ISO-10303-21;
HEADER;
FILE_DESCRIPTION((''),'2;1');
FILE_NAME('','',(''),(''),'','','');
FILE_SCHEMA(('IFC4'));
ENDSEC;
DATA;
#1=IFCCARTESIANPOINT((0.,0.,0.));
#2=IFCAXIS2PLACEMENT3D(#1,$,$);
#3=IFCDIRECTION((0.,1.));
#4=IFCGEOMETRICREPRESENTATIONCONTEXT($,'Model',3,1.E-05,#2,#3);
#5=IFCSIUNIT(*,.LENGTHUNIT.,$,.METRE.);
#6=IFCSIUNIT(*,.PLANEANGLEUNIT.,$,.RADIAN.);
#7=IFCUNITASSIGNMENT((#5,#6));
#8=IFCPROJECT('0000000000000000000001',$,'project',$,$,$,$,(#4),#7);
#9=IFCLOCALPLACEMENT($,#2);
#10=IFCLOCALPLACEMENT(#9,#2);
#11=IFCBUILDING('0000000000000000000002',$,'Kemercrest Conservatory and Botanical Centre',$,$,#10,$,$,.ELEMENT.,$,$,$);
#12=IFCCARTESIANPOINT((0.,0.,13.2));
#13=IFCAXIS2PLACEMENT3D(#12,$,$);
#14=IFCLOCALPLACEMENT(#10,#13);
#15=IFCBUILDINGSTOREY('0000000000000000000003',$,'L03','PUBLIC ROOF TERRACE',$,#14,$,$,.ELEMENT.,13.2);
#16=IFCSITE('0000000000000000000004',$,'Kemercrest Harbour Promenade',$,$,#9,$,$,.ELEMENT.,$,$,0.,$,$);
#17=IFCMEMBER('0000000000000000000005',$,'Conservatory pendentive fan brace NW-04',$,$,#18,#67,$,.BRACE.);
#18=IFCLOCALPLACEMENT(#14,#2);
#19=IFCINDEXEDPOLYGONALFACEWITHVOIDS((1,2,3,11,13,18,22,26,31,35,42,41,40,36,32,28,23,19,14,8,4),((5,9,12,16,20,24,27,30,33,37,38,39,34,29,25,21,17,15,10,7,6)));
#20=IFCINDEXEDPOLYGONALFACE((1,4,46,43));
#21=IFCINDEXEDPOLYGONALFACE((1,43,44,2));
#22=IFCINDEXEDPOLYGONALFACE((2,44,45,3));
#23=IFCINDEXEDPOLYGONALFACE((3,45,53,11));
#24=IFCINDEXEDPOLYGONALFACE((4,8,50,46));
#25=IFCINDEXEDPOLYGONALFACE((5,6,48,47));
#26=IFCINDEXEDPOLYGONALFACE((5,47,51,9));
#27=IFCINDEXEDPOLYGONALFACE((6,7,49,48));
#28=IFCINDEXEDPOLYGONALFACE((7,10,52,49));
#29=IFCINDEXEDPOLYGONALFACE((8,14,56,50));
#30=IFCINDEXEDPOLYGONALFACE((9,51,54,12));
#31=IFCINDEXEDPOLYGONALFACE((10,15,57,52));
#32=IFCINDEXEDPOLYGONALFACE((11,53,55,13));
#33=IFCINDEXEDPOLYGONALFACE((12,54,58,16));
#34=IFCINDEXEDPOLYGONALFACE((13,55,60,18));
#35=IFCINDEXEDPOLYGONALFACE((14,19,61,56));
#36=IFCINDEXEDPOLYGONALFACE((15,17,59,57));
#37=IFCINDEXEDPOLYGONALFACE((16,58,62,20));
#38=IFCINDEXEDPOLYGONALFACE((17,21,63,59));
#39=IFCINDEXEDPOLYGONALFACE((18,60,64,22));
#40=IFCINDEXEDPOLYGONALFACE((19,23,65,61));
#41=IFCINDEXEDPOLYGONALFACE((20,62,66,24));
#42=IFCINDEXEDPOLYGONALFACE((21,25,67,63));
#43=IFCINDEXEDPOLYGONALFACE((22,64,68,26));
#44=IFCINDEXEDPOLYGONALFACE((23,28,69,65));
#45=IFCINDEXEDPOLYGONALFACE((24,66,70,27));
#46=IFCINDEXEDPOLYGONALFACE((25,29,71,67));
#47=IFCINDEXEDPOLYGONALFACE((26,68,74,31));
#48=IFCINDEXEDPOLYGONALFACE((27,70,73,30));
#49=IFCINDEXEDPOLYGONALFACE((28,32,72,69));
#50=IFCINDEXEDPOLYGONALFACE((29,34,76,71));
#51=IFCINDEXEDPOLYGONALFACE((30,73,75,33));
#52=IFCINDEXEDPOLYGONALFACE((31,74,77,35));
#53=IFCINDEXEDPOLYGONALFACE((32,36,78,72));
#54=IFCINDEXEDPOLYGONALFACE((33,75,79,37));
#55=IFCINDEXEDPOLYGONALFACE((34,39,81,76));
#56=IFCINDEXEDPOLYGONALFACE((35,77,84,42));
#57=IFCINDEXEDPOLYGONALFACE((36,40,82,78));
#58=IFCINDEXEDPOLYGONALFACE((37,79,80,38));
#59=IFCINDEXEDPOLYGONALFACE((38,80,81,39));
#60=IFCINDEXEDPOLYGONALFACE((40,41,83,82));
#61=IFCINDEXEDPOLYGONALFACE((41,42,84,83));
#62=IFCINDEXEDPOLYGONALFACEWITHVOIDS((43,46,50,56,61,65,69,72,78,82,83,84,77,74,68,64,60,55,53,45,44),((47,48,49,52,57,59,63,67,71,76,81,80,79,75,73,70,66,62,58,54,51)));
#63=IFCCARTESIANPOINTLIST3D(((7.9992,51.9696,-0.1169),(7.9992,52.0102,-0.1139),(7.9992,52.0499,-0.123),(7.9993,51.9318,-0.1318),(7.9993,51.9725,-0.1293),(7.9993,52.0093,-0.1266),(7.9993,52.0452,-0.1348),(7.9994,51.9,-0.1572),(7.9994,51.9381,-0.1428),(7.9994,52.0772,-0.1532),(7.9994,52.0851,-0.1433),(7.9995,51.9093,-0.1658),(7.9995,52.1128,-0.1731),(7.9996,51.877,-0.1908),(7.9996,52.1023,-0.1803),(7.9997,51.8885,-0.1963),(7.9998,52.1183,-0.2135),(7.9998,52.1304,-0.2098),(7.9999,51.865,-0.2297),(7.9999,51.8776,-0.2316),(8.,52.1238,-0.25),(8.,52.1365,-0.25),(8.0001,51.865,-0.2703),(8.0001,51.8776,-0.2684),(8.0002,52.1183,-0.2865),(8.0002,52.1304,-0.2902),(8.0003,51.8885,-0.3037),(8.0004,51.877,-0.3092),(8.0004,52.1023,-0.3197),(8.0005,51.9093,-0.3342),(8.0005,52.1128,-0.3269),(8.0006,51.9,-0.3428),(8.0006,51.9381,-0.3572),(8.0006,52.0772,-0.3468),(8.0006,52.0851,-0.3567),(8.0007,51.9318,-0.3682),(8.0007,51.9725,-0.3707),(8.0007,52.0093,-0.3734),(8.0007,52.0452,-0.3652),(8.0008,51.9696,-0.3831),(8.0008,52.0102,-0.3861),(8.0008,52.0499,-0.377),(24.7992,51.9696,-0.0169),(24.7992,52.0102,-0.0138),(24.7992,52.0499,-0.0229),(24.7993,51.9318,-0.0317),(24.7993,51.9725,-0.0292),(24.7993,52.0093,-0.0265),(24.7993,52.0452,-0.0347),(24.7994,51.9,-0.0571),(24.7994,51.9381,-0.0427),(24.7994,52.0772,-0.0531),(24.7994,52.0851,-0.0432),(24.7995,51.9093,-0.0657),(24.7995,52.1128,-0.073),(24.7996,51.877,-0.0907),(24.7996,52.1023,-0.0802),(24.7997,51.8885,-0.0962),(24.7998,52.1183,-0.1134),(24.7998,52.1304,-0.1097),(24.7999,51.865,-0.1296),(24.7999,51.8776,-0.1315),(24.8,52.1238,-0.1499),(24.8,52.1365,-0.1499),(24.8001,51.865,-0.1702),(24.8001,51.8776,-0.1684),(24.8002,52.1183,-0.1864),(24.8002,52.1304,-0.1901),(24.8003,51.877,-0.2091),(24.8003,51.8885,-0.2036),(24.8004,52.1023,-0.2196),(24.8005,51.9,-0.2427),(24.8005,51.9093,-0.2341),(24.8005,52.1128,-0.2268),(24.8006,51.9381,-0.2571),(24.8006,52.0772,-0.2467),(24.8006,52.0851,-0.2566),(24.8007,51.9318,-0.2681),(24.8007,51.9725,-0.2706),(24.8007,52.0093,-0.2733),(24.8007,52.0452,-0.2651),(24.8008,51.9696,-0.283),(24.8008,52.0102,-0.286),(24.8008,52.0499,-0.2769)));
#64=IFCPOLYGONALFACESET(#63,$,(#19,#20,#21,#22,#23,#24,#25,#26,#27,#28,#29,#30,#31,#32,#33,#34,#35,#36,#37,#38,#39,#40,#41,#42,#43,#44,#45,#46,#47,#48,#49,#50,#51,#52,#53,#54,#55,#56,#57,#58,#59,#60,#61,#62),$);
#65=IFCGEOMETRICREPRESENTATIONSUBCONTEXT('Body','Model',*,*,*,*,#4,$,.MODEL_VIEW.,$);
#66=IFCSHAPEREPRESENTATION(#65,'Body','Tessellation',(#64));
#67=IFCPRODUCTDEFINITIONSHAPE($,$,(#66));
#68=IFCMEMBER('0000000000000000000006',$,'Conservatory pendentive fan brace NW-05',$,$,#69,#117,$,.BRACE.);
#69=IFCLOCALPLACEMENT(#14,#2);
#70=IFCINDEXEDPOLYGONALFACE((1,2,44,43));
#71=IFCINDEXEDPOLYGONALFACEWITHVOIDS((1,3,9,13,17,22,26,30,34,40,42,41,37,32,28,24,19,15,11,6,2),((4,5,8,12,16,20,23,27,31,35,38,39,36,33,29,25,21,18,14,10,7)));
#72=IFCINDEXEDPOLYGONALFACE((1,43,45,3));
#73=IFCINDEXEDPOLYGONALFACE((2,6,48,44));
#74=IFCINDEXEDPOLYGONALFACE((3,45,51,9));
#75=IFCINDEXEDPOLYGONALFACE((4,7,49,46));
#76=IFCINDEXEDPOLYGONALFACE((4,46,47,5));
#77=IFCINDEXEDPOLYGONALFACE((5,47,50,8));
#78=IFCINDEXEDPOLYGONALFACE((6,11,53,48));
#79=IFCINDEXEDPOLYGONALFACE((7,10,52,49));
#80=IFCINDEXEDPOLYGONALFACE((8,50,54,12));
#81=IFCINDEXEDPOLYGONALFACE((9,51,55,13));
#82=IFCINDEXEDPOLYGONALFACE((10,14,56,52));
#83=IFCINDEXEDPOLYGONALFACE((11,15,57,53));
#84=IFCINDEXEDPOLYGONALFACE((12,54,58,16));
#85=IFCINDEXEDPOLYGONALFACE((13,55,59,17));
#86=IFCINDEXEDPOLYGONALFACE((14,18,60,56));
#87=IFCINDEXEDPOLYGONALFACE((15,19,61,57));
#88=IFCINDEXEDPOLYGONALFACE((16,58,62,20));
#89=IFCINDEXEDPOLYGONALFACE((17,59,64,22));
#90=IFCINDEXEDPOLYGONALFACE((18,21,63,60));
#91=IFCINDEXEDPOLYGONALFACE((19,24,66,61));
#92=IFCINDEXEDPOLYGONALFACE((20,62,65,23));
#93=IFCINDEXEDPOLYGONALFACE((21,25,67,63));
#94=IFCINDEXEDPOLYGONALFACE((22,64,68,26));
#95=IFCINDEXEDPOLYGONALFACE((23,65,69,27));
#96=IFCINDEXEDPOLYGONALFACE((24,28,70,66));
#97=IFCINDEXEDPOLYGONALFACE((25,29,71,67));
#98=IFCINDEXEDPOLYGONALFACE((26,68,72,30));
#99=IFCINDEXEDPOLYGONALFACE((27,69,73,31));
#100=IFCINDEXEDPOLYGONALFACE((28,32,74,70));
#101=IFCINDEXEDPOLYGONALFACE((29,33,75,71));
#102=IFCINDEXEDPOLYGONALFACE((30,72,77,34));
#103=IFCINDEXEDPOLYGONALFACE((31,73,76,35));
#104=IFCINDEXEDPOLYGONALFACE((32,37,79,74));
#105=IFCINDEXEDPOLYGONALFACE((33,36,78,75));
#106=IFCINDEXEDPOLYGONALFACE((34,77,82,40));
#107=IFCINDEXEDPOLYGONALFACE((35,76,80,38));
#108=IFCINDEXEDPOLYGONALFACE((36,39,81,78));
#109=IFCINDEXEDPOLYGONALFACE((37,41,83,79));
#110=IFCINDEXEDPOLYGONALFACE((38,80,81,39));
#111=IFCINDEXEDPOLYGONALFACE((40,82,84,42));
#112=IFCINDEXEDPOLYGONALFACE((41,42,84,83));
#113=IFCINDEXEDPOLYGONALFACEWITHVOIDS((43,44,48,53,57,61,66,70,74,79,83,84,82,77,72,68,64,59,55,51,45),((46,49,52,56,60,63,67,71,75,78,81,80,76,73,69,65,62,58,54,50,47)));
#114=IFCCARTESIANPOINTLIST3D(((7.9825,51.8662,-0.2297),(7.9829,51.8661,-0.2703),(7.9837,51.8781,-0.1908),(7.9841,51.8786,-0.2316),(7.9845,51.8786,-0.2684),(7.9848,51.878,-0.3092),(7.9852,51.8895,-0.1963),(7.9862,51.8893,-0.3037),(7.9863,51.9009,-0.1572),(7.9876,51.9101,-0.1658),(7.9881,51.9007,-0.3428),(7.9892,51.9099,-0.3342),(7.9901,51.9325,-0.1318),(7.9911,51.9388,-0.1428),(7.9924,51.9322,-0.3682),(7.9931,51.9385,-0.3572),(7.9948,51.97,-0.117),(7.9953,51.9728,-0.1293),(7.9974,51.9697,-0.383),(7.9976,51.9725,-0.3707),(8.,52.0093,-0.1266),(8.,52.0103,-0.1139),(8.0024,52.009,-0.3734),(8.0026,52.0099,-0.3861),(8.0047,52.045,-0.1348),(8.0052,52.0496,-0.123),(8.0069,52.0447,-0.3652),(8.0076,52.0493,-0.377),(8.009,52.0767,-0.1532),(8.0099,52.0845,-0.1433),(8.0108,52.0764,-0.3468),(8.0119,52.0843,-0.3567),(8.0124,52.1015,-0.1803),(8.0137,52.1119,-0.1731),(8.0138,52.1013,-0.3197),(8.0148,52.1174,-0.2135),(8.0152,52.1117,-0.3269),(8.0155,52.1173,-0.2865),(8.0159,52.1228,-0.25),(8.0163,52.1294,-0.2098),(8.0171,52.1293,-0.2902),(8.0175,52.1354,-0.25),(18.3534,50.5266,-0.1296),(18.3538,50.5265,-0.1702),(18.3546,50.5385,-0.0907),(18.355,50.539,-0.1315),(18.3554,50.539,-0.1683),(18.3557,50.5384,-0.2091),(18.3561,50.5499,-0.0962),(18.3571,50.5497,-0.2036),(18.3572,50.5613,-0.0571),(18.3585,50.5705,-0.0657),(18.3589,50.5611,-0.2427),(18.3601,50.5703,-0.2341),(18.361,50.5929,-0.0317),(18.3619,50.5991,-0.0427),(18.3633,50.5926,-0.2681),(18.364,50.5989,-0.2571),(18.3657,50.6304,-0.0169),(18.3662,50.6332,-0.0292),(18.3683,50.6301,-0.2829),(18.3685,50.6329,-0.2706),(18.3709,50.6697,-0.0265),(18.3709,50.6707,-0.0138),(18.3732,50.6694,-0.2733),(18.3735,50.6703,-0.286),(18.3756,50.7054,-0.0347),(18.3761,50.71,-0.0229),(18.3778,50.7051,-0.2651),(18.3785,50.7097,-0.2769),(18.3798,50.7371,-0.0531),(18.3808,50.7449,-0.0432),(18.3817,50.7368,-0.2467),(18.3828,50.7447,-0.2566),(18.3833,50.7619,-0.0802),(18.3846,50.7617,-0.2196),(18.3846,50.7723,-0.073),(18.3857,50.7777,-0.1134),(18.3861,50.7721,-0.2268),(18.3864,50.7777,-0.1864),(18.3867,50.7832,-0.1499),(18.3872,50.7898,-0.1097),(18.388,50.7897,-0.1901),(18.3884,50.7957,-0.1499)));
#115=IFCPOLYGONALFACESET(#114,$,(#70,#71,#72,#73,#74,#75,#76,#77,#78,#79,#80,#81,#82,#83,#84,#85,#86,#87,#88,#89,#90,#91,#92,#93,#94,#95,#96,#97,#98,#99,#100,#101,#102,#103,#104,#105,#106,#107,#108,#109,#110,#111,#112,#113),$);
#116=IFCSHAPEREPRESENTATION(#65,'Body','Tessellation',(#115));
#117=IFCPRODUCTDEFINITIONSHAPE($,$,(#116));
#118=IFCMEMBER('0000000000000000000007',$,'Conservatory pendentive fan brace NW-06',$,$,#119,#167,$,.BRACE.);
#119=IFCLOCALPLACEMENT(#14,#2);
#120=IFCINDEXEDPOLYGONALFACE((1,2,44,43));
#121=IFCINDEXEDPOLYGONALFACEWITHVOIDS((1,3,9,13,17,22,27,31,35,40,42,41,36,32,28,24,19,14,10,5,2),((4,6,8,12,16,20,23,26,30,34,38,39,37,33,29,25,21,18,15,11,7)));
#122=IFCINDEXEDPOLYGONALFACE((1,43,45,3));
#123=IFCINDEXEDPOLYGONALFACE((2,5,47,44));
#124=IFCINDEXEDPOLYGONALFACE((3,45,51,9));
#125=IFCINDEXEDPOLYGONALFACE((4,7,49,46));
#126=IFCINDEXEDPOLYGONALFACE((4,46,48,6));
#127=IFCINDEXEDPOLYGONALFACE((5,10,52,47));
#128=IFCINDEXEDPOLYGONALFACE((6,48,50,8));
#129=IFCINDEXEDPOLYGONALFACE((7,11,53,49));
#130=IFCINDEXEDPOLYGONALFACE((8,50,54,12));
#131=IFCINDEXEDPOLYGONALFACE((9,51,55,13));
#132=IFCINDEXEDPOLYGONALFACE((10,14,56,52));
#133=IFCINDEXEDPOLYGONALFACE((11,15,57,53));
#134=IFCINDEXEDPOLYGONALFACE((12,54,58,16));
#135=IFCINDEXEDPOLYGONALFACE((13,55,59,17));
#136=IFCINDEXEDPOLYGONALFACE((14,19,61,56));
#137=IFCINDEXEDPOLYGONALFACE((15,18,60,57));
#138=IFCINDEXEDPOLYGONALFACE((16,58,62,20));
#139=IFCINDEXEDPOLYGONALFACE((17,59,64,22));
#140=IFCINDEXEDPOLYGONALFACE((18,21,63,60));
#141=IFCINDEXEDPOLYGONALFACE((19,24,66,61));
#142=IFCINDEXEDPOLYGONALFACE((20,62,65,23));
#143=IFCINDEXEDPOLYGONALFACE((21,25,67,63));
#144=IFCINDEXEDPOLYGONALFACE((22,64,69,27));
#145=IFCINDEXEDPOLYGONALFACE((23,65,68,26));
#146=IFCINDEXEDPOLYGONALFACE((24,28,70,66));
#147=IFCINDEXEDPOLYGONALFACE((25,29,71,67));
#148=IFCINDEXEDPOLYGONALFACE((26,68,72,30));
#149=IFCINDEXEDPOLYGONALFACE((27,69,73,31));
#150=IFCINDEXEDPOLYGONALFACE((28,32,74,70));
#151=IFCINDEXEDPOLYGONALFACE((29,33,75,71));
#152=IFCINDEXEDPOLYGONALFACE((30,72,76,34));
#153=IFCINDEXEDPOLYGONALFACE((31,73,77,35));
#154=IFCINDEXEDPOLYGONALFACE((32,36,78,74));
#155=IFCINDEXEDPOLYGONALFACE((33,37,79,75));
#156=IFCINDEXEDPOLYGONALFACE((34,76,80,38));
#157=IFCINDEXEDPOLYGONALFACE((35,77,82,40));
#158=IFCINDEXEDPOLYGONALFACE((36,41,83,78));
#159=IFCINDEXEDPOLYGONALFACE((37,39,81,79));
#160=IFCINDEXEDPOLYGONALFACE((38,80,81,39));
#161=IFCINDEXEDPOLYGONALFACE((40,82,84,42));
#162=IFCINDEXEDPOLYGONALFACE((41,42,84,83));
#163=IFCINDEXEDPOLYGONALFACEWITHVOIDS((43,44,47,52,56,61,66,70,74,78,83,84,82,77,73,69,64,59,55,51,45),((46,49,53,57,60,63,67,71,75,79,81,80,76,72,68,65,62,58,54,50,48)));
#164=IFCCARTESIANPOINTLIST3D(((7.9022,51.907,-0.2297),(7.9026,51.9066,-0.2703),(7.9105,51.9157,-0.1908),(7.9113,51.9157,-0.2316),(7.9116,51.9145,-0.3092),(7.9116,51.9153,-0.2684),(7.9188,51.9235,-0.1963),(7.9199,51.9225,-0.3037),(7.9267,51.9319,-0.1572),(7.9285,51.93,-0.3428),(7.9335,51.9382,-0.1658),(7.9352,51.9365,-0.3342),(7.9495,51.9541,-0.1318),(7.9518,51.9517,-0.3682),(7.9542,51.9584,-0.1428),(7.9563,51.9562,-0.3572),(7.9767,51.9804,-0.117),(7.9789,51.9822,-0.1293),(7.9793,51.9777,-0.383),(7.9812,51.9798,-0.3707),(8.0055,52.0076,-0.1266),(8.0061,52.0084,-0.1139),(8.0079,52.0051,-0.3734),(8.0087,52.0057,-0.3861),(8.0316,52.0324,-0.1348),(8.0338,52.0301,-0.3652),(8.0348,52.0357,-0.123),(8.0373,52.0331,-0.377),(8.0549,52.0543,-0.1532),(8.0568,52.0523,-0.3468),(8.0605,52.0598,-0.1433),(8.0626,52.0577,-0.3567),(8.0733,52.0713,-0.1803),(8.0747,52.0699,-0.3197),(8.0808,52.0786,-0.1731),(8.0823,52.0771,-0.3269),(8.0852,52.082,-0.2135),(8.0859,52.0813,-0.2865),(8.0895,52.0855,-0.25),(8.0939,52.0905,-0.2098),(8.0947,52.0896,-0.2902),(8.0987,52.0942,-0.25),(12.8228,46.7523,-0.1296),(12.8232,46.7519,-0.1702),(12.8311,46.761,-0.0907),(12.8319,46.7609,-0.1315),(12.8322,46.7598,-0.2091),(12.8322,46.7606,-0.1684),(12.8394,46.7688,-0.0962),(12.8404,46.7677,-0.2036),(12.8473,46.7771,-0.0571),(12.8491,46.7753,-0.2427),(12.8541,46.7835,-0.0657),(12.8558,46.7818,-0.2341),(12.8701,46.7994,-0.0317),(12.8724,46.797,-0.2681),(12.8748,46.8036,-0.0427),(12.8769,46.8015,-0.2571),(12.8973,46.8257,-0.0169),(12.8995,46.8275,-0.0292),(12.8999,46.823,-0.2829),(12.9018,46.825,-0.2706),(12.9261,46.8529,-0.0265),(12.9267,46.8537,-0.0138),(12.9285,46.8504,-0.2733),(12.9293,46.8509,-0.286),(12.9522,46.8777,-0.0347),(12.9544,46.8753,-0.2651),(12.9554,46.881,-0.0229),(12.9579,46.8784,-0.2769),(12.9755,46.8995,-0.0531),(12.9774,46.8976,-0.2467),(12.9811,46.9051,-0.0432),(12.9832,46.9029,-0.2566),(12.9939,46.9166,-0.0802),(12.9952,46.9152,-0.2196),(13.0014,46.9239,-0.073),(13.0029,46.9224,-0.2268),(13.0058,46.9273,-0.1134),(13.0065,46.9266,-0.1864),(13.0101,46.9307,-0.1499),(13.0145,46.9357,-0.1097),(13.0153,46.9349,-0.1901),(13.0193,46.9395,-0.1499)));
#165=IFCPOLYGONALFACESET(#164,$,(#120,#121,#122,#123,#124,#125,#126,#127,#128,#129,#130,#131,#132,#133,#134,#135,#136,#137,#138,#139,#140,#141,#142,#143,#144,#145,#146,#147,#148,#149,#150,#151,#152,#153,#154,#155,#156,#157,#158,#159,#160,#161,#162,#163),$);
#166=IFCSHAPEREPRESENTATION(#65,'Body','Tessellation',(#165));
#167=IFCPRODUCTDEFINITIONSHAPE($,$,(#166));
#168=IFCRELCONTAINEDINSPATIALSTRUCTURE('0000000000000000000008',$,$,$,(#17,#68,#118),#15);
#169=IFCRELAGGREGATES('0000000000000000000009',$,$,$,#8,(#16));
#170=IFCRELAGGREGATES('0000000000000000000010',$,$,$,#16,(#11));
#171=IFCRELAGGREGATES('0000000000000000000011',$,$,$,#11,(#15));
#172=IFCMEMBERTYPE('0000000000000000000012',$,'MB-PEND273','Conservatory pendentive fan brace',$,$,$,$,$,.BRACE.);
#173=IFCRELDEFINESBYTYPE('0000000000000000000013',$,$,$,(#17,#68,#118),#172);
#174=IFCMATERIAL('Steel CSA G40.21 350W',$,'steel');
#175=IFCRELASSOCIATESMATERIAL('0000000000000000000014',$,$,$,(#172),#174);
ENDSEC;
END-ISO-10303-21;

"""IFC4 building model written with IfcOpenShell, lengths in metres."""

from ifc_helpers import new_model, si_unit, direction, frame, origin, origin_2d, place, context, subcontext, project, spatial, hollow_circle, extrude, material, material_profile, profile_set, type_object, element, save


model = new_model("IFC4")

# Units and contexts
model_context = context("Model", 3, precision=1e-05, world=origin(), true_north=direction((0.0, 1.0)))
body_context = subcontext(model_context, "Body", "Model", "MODEL_VIEW")
ifc_project = project(units=[si_unit("LENGTHUNIT", "METRE"), si_unit("PLANEANGLEUNIT", "RADIAN")], contexts=[model_context])

# Site, building, storey
site_placement = place(None, origin())
site = spatial("IfcSite", under=ifc_project, at=site_placement, Name="Kemercrest Harbour Promenade", CompositionType="ELEMENT", RefElevation=0.0)
building_placement = place(site_placement, origin())
building = spatial("IfcBuilding", under=site, at=building_placement, Name="Kemercrest Conservatory and Botanical Centre", CompositionType="ELEMENT")
storey_placement = place(building_placement, frame((0.0, 0.0, 13.2)))
storey = spatial("IfcBuildingStorey", under=building, at=storey_placement, Name="L03", Description="PUBLIC ROOF TERRACE", CompositionType="ELEMENT", Elevation=13.2)

# Shared definitions
ifc_material_1 = material(Name="Steel CSA G40.21 350W", Category="steel")

# Members
ifc_material_profile_1 = material_profile(ifc_material_1, hollow_circle(Radius=0.1365, WallThickness=0.0127, at=origin_2d()), Name="CHS 273.1x12.7")
ifc_profile_set_1 = profile_set([ifc_material_profile_1], Name="Steel CSA G40.21 350W")
member_type_1 = type_object("IfcMemberType", Name="MB-PEND273", Description="Conservatory pendentive fan brace", PredefinedType="BRACE", material=ifc_profile_set_1)
member_1_placement = place(storey_placement, frame((8.0, 52.0, -0.25), z_axis=(0.999982, 0.0, 0.005958), x_axis=(0.0, 1.0, 0.0)))
element("IfcMember", 1, at=member_1_placement, inside=storey, type_object=member_type_1, Name="Conservatory pendentive fan brace NW-04", PredefinedType="BRACE", context=body_context, shape_type="SweptSolid", body=[
    extrude(hollow_circle(Radius=0.1365, WallThickness=0.0127, at=origin_2d()), origin(), (0.0, 0.0, 1.0), 16.8003),
])
member_2_placement = place(storey_placement, frame((8.0, 52.0, -0.25), z_axis=(0.991715, -0.1281, 0.009572), x_axis=(0.128105, 0.991761, 0.0)))
element("IfcMember", 2, at=member_2_placement, inside=storey, type_object=member_type_1, Name="Conservatory pendentive fan brace NW-05", PredefinedType="BRACE", context=body_context, shape_type="SweptSolid", body=[
    extrude(hollow_circle(Radius=0.1365, WallThickness=0.0127, at=origin_2d()), origin(), (0.0, 0.0, 1.0), 10.4575),
])
member_3_placement = place(storey_placement, frame((8.0, 52.0, -0.25), z_axis=(0.690421, -0.723272, 0.014045), x_axis=(0.723343, 0.690489, 0.0)))
element("IfcMember", 3, at=member_3_placement, inside=storey, type_object=member_type_1, Name="Conservatory pendentive fan brace NW-06", PredefinedType="BRACE", context=body_context, shape_type="SweptSolid", body=[
    extrude(hollow_circle(Radius=0.1365, WallThickness=0.0127, at=origin_2d()), origin(), (0.0, 0.0, 1.0), 7.127),
])

save(model, "model.ifc")
